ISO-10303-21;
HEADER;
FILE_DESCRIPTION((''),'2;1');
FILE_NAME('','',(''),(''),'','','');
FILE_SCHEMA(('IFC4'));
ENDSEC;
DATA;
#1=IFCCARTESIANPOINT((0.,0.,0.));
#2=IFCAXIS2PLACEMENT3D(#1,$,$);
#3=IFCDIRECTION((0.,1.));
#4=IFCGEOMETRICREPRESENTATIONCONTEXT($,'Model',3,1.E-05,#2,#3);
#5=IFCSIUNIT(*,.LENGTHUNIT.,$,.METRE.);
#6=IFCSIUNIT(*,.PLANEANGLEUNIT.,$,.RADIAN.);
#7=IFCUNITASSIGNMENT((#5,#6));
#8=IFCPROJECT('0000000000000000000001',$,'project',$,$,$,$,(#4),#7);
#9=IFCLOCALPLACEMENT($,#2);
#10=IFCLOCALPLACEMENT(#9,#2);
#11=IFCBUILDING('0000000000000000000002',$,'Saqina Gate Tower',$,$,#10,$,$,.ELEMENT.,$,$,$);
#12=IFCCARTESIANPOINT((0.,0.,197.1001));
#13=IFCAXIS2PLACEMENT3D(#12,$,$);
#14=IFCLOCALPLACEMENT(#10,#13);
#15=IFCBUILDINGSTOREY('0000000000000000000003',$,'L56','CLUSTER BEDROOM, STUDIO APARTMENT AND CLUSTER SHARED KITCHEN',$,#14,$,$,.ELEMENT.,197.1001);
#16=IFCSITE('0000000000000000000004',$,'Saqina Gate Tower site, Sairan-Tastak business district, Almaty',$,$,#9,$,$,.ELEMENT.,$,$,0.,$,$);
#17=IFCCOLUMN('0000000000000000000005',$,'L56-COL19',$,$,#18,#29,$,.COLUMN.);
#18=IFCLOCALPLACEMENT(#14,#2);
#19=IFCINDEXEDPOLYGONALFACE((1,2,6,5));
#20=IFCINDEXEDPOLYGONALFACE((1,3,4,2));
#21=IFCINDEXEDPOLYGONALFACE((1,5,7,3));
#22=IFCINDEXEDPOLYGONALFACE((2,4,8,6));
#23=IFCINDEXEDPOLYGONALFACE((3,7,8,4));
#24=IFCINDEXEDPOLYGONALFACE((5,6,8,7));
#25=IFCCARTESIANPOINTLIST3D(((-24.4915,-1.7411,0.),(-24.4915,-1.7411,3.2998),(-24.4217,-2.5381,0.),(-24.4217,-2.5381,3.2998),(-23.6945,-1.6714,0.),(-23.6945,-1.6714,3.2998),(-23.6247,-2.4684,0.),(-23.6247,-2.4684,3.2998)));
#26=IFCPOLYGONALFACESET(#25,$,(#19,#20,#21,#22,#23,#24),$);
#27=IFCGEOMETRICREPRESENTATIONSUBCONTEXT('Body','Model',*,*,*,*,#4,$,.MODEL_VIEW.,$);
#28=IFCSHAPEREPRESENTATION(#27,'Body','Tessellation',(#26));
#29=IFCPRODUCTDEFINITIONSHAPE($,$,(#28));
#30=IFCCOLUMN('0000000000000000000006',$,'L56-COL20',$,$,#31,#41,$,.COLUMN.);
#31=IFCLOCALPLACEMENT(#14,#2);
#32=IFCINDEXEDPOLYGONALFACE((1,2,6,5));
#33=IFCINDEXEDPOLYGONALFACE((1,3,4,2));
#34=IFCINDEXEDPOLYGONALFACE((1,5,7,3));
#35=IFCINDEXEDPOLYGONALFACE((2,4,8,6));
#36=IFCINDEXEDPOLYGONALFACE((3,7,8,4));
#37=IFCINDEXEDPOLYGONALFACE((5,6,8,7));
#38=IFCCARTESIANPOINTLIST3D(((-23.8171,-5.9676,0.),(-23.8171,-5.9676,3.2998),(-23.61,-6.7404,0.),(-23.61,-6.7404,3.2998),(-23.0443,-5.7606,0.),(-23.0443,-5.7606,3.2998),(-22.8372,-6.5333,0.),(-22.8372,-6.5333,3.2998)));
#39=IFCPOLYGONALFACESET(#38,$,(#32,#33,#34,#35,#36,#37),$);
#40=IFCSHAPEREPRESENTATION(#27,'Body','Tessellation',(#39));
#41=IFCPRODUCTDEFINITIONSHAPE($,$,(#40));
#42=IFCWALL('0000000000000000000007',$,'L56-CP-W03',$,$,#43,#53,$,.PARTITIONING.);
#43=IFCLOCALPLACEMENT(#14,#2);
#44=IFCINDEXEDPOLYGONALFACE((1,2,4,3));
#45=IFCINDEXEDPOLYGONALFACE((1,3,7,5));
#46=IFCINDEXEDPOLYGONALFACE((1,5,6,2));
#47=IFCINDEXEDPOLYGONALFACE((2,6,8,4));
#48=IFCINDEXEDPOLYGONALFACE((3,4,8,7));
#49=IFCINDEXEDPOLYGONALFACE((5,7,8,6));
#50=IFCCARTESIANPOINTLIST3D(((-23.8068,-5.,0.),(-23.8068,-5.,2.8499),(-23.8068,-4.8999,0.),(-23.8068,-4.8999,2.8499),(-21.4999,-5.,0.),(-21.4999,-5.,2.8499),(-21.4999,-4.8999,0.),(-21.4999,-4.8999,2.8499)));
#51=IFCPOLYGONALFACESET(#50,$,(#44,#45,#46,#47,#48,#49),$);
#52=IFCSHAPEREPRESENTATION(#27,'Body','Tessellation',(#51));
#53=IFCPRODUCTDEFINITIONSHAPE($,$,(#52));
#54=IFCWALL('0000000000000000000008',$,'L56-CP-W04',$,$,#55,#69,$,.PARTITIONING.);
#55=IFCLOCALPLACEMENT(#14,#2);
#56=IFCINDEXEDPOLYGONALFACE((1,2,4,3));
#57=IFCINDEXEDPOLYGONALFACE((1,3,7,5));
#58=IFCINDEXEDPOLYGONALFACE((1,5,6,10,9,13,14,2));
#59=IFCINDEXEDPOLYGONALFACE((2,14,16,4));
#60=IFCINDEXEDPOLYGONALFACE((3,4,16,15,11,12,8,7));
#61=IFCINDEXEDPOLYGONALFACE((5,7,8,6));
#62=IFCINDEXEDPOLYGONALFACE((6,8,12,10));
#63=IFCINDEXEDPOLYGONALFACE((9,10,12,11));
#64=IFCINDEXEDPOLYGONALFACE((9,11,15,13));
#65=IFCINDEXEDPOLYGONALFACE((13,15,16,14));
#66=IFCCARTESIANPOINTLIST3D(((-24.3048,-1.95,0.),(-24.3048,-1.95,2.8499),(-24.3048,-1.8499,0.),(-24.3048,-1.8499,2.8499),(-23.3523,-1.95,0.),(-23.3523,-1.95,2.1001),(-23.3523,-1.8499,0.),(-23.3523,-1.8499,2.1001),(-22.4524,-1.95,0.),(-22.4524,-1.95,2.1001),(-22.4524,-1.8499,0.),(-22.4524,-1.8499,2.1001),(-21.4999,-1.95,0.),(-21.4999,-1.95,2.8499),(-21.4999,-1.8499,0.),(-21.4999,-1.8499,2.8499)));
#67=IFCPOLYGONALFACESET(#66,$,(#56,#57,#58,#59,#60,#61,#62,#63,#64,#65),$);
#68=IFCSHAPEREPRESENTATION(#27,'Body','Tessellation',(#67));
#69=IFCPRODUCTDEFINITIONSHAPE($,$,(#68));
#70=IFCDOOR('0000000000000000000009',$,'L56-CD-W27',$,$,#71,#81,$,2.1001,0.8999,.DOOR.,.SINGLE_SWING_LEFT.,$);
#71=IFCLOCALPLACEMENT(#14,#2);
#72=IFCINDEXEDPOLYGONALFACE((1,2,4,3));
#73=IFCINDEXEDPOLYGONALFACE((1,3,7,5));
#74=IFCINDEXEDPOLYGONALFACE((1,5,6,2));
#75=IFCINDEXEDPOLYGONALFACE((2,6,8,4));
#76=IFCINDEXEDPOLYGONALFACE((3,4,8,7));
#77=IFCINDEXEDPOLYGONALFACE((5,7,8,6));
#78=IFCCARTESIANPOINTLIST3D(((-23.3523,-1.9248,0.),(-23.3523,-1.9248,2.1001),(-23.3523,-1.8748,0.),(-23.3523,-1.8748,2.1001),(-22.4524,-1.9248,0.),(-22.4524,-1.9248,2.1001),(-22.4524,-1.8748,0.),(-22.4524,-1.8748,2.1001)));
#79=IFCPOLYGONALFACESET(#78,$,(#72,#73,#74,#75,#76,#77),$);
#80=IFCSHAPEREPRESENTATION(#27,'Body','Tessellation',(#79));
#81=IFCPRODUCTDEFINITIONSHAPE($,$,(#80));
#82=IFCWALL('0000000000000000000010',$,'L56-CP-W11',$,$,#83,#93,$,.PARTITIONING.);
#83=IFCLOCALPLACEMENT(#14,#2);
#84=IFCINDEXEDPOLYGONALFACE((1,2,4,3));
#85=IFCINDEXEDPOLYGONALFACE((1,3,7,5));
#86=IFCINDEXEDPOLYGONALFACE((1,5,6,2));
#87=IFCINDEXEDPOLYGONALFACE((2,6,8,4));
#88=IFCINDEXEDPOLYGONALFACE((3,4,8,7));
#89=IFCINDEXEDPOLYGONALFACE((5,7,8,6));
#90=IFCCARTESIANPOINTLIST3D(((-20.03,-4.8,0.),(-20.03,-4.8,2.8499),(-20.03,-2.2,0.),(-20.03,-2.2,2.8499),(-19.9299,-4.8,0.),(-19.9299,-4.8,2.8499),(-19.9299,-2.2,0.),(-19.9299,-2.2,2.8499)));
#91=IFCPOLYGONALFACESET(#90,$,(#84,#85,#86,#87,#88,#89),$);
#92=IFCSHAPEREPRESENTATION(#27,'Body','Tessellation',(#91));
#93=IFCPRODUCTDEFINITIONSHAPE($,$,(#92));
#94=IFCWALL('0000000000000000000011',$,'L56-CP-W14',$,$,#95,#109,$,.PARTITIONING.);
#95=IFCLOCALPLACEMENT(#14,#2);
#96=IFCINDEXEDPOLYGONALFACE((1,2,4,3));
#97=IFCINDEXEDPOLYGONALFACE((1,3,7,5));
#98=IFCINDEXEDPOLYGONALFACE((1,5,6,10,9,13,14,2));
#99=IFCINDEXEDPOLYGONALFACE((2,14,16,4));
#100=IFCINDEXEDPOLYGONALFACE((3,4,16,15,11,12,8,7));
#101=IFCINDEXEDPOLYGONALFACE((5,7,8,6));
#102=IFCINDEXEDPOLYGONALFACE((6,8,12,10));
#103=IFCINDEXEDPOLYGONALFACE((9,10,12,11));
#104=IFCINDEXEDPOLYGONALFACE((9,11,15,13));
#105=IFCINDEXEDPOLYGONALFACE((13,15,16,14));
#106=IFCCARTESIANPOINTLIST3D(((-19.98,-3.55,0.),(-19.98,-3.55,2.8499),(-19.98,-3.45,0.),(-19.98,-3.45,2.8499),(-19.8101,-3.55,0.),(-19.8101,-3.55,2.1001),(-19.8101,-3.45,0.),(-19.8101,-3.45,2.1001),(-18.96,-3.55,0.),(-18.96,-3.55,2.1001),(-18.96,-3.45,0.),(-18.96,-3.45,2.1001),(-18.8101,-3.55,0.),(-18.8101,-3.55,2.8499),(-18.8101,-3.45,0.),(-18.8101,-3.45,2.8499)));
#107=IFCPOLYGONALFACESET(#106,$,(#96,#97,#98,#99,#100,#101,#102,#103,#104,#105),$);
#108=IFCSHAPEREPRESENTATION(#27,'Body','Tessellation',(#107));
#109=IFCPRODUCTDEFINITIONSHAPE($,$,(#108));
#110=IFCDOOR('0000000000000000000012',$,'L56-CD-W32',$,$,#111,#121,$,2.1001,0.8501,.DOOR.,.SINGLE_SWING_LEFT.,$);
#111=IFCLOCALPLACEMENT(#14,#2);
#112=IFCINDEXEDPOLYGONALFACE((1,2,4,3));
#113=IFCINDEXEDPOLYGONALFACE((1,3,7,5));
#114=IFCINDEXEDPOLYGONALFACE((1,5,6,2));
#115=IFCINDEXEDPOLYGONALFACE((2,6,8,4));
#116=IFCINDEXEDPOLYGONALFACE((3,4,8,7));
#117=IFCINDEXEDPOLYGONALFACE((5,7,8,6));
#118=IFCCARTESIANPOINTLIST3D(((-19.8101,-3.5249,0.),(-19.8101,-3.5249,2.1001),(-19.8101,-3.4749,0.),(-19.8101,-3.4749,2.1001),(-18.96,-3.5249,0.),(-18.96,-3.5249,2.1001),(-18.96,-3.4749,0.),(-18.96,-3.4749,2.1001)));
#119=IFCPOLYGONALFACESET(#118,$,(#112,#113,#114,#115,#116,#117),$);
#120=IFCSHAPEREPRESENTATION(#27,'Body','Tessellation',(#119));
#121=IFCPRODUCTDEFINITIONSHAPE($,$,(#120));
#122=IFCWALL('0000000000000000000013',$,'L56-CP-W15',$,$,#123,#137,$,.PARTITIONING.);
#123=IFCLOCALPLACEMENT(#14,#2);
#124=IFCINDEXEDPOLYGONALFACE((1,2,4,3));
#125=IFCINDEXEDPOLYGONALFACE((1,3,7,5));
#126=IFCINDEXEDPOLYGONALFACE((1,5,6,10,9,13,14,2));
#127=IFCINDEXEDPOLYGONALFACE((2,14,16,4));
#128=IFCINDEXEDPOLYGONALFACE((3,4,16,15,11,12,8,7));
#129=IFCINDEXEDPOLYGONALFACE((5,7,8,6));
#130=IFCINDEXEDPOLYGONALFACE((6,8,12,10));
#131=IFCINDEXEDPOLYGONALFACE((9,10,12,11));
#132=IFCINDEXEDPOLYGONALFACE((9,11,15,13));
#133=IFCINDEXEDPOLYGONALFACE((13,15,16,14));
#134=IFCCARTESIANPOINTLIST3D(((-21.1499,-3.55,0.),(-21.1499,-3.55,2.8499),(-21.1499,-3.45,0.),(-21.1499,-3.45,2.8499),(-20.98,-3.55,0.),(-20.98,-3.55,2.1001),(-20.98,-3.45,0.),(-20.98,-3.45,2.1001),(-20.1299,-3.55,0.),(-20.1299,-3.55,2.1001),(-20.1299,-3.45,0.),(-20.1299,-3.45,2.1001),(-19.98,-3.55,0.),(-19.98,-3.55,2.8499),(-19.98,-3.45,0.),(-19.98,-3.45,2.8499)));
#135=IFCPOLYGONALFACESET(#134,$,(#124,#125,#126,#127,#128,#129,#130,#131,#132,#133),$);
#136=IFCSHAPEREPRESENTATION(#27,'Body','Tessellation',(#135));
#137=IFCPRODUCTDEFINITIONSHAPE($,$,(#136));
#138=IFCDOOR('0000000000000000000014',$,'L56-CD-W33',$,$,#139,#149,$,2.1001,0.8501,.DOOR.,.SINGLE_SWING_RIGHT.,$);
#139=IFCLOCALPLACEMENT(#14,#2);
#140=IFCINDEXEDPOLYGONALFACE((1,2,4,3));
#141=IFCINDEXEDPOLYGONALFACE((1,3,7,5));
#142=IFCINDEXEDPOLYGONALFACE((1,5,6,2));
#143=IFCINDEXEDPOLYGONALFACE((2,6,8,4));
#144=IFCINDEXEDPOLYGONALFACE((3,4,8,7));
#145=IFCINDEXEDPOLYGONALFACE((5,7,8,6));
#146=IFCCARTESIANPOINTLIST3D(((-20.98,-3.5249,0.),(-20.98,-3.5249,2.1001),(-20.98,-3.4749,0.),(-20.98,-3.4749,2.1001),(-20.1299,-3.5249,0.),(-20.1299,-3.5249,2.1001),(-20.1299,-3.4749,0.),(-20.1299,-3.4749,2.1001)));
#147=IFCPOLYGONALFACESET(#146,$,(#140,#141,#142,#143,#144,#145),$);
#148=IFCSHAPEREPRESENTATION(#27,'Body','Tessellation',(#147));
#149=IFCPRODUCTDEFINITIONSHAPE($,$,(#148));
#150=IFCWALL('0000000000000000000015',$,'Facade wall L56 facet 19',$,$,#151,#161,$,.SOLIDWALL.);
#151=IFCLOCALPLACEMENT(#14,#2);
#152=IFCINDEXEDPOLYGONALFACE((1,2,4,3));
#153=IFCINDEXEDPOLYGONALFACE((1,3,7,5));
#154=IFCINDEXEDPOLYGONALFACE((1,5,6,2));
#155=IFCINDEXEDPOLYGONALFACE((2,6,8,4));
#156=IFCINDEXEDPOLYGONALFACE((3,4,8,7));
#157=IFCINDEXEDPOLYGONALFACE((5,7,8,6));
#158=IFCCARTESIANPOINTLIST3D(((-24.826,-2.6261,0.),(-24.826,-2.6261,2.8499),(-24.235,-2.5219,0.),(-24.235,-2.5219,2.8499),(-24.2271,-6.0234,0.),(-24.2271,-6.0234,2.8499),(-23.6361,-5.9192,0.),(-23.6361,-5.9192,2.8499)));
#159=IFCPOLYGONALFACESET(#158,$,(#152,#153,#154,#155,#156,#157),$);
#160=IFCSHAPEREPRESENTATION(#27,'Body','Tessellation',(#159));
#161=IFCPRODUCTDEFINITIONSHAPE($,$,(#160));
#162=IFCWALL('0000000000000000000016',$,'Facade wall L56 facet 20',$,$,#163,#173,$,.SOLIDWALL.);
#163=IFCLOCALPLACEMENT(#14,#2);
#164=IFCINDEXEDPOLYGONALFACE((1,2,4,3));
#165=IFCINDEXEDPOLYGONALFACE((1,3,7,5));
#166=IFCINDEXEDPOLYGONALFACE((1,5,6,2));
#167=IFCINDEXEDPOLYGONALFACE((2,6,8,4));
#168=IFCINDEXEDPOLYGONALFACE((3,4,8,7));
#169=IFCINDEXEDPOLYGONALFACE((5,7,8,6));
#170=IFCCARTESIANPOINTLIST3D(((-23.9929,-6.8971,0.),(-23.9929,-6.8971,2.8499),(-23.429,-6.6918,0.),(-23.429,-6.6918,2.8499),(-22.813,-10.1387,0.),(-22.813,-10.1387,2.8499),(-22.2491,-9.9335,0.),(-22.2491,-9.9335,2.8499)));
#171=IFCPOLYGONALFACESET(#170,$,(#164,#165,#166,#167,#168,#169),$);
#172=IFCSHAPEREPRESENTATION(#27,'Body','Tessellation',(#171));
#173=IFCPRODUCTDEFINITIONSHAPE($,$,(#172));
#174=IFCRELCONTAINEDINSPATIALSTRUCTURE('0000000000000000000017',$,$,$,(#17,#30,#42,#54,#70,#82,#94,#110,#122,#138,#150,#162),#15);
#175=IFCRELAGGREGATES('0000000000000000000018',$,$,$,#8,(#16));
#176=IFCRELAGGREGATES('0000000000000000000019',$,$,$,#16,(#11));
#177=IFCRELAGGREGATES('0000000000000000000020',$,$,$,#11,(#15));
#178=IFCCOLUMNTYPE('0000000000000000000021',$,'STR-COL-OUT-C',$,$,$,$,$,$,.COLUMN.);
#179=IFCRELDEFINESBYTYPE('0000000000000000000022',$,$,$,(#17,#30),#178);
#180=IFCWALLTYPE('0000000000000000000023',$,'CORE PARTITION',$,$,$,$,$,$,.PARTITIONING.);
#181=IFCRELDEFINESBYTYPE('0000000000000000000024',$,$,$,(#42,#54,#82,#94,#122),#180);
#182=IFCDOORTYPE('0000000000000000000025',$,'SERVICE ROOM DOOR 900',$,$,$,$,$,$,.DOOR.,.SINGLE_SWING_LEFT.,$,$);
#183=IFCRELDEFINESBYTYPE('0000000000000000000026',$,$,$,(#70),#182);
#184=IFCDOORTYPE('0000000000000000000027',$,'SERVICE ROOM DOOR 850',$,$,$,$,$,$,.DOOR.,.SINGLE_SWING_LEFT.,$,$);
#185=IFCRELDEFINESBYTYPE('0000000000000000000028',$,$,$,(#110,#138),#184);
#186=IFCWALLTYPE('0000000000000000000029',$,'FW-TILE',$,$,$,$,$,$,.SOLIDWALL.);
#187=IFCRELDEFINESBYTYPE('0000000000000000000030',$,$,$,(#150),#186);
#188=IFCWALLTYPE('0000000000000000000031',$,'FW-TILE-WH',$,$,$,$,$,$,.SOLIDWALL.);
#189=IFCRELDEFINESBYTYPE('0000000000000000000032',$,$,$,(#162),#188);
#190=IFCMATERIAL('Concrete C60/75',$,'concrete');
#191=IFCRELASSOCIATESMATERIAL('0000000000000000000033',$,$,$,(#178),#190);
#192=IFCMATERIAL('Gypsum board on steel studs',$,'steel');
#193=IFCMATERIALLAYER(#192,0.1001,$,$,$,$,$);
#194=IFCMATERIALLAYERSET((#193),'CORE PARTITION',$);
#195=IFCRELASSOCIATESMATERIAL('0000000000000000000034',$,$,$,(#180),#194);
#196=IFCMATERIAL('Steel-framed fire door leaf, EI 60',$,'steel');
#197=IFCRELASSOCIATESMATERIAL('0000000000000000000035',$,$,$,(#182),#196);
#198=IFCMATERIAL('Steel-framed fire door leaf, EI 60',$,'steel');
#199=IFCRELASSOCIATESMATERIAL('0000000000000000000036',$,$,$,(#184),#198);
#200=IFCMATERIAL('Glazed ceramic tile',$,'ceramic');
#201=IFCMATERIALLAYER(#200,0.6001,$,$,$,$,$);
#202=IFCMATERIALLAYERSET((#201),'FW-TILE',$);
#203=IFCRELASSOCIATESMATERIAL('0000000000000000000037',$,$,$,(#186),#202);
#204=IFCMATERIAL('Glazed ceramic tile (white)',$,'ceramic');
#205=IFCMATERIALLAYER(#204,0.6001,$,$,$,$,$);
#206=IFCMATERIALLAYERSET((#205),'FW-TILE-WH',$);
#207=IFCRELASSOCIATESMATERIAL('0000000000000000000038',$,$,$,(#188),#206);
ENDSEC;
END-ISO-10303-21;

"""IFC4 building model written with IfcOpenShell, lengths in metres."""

from ifc_helpers import new_model, si_unit, direction, frame, frame_2d, origin, origin_2d, place, context, subcontext, project, spatial, rectangle, extrude, material, layer, layer_set, material_profile, profile_set, type_object, element, fill, save


model = new_model("IFC4")

# Units and contexts
model_context = context("Model", 3, precision=1e-05, world=origin(), true_north=direction((0.0, 1.0)))
body_context = subcontext(model_context, "Body", "Model", "MODEL_VIEW")
ifc_project = project(units=[si_unit("LENGTHUNIT", "METRE"), si_unit("PLANEANGLEUNIT", "RADIAN")], contexts=[model_context])

# Site, building, storey
site_placement = place(None, origin())
site = spatial("IfcSite", under=ifc_project, at=site_placement, Name="Saqina Gate Tower site, Sairan-Tastak business district, Almaty", CompositionType="ELEMENT", RefElevation=0.0)
building_placement = place(site_placement, origin())
building = spatial("IfcBuilding", under=site, at=building_placement, Name="Saqina Gate Tower", CompositionType="ELEMENT")
storey_placement = place(building_placement, frame((0.0, 0.0, 197.1001)))
storey = spatial("IfcBuildingStorey", under=building, at=storey_placement, Name="L56", Description="CLUSTER BEDROOM, STUDIO APARTMENT AND CLUSTER SHARED KITCHEN", CompositionType="ELEMENT", Elevation=197.1001)

# Columns
ifc_material_1 = material(Name="Concrete C60/75", Category="concrete")
ifc_material_profile = material_profile(ifc_material_1, rectangle(XDim=0.8, YDim=0.8, at=origin_2d()), Name="RC 800x800")
ifc_profile_set = profile_set([ifc_material_profile], Name="Concrete C60/75")
column_type = type_object("IfcColumnType", Name="STR-COL-OUT-C", PredefinedType="COLUMN", material=ifc_profile_set)
for number, where, z_axis, x_axis, name in (
    (1, (-24.0581, -2.1047, 0.0), (0.0, 0.0, 1.0), (-0.996195, -0.087156, 0.0), "L56-COL19"),
    (2, (-23.3271, -6.2505, 0.0), (0.0, 0.0, 1.0), (-0.965926, -0.258819, 0.0), "L56-COL20"),
):
    element("IfcColumn", number, at=place(storey_placement, frame(where, z_axis=z_axis, x_axis=x_axis)), inside=storey, type_object=column_type, Name=name, PredefinedType="COLUMN", context=body_context, shape_type="SweptSolid", body=[
        extrude(rectangle(XDim=0.8, YDim=0.8, at=origin_2d()), origin(), (0.0, 0.0, 1.0), 3.2998),
    ])

# Wall
ifc_material_2 = material(Name="Gypsum board on steel studs", Category="steel")
ifc_layer_1 = layer(ifc_material_2, 0.1001)
ifc_layer_set_1 = layer_set([ifc_layer_1], Name="CORE PARTITION")
wall_type_1 = type_object("IfcWallType", Name="CORE PARTITION", PredefinedType="PARTITIONING", material=ifc_layer_set_1)
wall_1_placement = place(storey_placement, frame((-21.5, -4.95, 0.0), z_axis=(0.0, 0.0, 1.0), x_axis=(-1.0, 0.0, 0.0)))
element("IfcWall", 3, at=wall_1_placement, inside=storey, type_object=wall_type_1, Name="L56-CP-W03", PredefinedType="PARTITIONING", context=body_context, shape_type="SweptSolid", body=[
    extrude(rectangle(XDim=2.3069, YDim=0.1001, at=frame_2d((1.1533, 0.0))), origin(), (0.0, 0.0, 1.0), 2.8499),
])

# Wall, opening, door
wall_2_placement = place(storey_placement, frame((-21.5, -1.8999, 0.0), z_axis=(0.0, 0.0, 1.0), x_axis=(-1.0, 0.0, 0.0)))
wall_2 = element("IfcWall", 4, at=wall_2_placement, inside=storey, type_object=wall_type_1, Name="L56-CP-W04", PredefinedType="PARTITIONING", context=body_context, shape_type="SweptSolid", body=[
    extrude(rectangle(XDim=2.8049, YDim=0.1001, at=frame_2d((1.4023, 0.0))), origin(), (0.0, 0.0, 1.0), 2.8499),
])
opening_1_placement = place(wall_2_placement, frame((0.9524, 0.0, 0.0)))
opening_1 = element("IfcOpeningElement", 5, at=opening_1_placement, cuts=wall_2, PredefinedType="OPENING", context=body_context, shape_type="SweptSolid", body=[
    extrude(rectangle(XDim=0.8999, YDim=2.1001, at=frame_2d((0.45, 1.05))), frame((0.0, 0.062, 0.0), z_axis=(0.0, -1.0, 0.0), x_axis=(1.0, 0.0, 0.0)), (0.0, 0.0, 1.0), 0.124),
])
ifc_material_3 = material(Name="Steel-framed fire door leaf, EI 60", Category="steel")
door_type_1 = type_object("IfcDoorType", Name="SERVICE ROOM DOOR 900", OperationType="SINGLE_SWING_LEFT", PredefinedType="DOOR", material=ifc_material_3)
door_1_placement = place(opening_1_placement, origin())
door_1 = element("IfcDoor", 6, at=door_1_placement, inside=storey, type_object=door_type_1, Name="L56-CD-W27", OperationType="SINGLE_SWING_LEFT", OverallHeight=2.1001, OverallWidth=0.8999, PredefinedType="DOOR", context=body_context, shape_type="SweptSolid", body=[
    extrude(rectangle(XDim=0.8999, YDim=2.1001, at=frame_2d((0.45, 1.05))), frame((0.0, 0.0249, 0.0), z_axis=(0.0, -1.0, 0.0), x_axis=(1.0, 0.0, 0.0)), (0.0, 0.0, 1.0), 0.05),
])
fill(opening_1, door_1)

# Wall
wall_3_placement = place(storey_placement, frame((-19.98, -4.8, 0.0), z_axis=(0.0, 0.0, 1.0), x_axis=(0.0, 1.0, 0.0)))
element("IfcWall", 7, at=wall_3_placement, inside=storey, type_object=wall_type_1, Name="L56-CP-W11", PredefinedType="PARTITIONING", context=body_context, shape_type="SweptSolid", body=[
    extrude(rectangle(XDim=2.6001, YDim=0.1001, at=frame_2d((1.3, 0.0))), origin(), (0.0, 0.0, 1.0), 2.8499),
])

# Walls, openings, doors
wall_4_placement = place(storey_placement, frame((-18.8101, -3.5, 0.0), z_axis=(0.0, 0.0, 1.0), x_axis=(-1.0, 0.0, 0.0)))
wall_4 = element("IfcWall", 8, at=wall_4_placement, inside=storey, type_object=wall_type_1, Name="L56-CP-W14", PredefinedType="PARTITIONING", context=body_context, shape_type="SweptSolid", body=[
    extrude(rectangle(XDim=1.1699, YDim=0.1001, at=frame_2d((0.585, 0.0))), origin(), (0.0, 0.0, 1.0), 2.8499),
])
opening_2_placement = place(wall_4_placement, frame((0.1499, 0.0, 0.0)))
opening_2 = element("IfcOpeningElement", 9, at=opening_2_placement, cuts=wall_4, PredefinedType="OPENING", context=body_context, shape_type="SweptSolid", body=[
    extrude(rectangle(XDim=0.8501, YDim=2.1001, at=frame_2d((0.425, 1.05))), frame((0.0, 0.062, 0.0), z_axis=(0.0, -1.0, 0.0), x_axis=(1.0, 0.0, 0.0)), (0.0, 0.0, 1.0), 0.124),
])
ifc_material_4 = material(Name="Steel-framed fire door leaf, EI 60", Category="steel")
door_type_2 = type_object("IfcDoorType", Name="SERVICE ROOM DOOR 850", OperationType="SINGLE_SWING_LEFT", PredefinedType="DOOR", material=ifc_material_4)
door_2_placement = place(opening_2_placement, origin())
door_2 = element("IfcDoor", 10, at=door_2_placement, inside=storey, type_object=door_type_2, Name="L56-CD-W32", OperationType="SINGLE_SWING_LEFT", OverallHeight=2.1001, OverallWidth=0.8501, PredefinedType="DOOR", context=body_context, shape_type="SweptSolid", body=[
    extrude(rectangle(XDim=0.8501, YDim=2.1001, at=frame_2d((0.425, 1.05))), frame((0.0, 0.0249, 0.0), z_axis=(0.0, -1.0, 0.0), x_axis=(1.0, 0.0, 0.0)), (0.0, 0.0, 1.0), 0.05),
])
fill(opening_2, door_2)
wall_5_placement = place(storey_placement, frame((-19.98, -3.5, 0.0), z_axis=(0.0, 0.0, 1.0), x_axis=(-1.0, 0.0, 0.0)))
wall_5 = element("IfcWall", 11, at=wall_5_placement, inside=storey, type_object=wall_type_1, Name="L56-CP-W15", PredefinedType="PARTITIONING", context=body_context, shape_type="SweptSolid", body=[
    extrude(rectangle(XDim=1.1699, YDim=0.1001, at=frame_2d((0.585, 0.0))), origin(), (0.0, 0.0, 1.0), 2.8499),
])
opening_3_placement = place(wall_5_placement, frame((0.1499, 0.0, 0.0)))
opening_3 = element("IfcOpeningElement", 12, at=opening_3_placement, cuts=wall_5, PredefinedType="OPENING", context=body_context, shape_type="SweptSolid", body=[
    extrude(rectangle(XDim=0.8501, YDim=2.1001, at=frame_2d((0.425, 1.05))), frame((0.0, 0.062, 0.0), z_axis=(0.0, -1.0, 0.0), x_axis=(1.0, 0.0, 0.0)), (0.0, 0.0, 1.0), 0.124),
])
door_3_placement = place(opening_3_placement, origin())
door_3 = element("IfcDoor", 13, at=door_3_placement, inside=storey, type_object=door_type_2, Name="L56-CD-W33", OperationType="SINGLE_SWING_RIGHT", OverallHeight=2.1001, OverallWidth=0.8501, PredefinedType="DOOR", context=body_context, shape_type="SweptSolid", body=[
    extrude(rectangle(XDim=0.8501, YDim=2.1001, at=frame_2d((0.425, 1.05))), frame((0.0, 0.0249, 0.0), z_axis=(0.0, -1.0, 0.0), x_axis=(1.0, 0.0, 0.0)), (0.0, 0.0, 1.0), 0.05),
])
fill(opening_3, door_3)

# Walls
ifc_material_5 = material(Name="Glazed ceramic tile", Category="ceramic")
ifc_layer_2 = layer(ifc_material_5, 0.6001)
ifc_layer_set_2 = layer_set([ifc_layer_2], Name="FW-TILE")
wall_type_2 = type_object("IfcWallType", Name="FW-TILE", PredefinedType="SOLIDWALL", material=ifc_layer_set_2)
wall_6_placement = place(storey_placement, frame((-24.5305, -2.574, 0.0), z_axis=(0.0, 0.0, 1.0), x_axis=(0.173608, -0.984815, 0.0)))
element("IfcWall", 14, at=wall_6_placement, inside=storey, type_object=wall_type_2, Name="Facade wall L56 facet 19", PredefinedType="SOLIDWALL", context=body_context, shape_type="SweptSolid", body=[
    extrude(rectangle(XDim=3.4497, YDim=0.6001, at=frame_2d((1.7249, 0.0))), origin(), (0.0, 0.0, 1.0), 2.8499),
])
ifc_material_6 = material(Name="Glazed ceramic tile (white)", Category="ceramic")
ifc_layer_3 = layer(ifc_material_6, 0.6001)
ifc_layer_set_3 = layer_set([ifc_layer_3], Name="FW-TILE-WH")
wall_type_3 = type_object("IfcWallType", Name="FW-TILE-WH", PredefinedType="SOLIDWALL", material=ifc_layer_set_3)
wall_7_placement = place(storey_placement, frame((-23.7109, -6.7944, 0.0), z_axis=(0.0, 0.0, 1.0), x_axis=(0.342033, -0.939688, 0.0)))
element("IfcWall", 15, at=wall_7_placement, inside=storey, type_object=wall_type_3, Name="Facade wall L56 facet 20", PredefinedType="SOLIDWALL", context=body_context, shape_type="SweptSolid", body=[
    extrude(rectangle(XDim=3.4497, YDim=0.6001, at=frame_2d((1.7249, 0.0))), origin(), (0.0, 0.0, 1.0), 2.8499),
])

save(model, "model.ifc")
